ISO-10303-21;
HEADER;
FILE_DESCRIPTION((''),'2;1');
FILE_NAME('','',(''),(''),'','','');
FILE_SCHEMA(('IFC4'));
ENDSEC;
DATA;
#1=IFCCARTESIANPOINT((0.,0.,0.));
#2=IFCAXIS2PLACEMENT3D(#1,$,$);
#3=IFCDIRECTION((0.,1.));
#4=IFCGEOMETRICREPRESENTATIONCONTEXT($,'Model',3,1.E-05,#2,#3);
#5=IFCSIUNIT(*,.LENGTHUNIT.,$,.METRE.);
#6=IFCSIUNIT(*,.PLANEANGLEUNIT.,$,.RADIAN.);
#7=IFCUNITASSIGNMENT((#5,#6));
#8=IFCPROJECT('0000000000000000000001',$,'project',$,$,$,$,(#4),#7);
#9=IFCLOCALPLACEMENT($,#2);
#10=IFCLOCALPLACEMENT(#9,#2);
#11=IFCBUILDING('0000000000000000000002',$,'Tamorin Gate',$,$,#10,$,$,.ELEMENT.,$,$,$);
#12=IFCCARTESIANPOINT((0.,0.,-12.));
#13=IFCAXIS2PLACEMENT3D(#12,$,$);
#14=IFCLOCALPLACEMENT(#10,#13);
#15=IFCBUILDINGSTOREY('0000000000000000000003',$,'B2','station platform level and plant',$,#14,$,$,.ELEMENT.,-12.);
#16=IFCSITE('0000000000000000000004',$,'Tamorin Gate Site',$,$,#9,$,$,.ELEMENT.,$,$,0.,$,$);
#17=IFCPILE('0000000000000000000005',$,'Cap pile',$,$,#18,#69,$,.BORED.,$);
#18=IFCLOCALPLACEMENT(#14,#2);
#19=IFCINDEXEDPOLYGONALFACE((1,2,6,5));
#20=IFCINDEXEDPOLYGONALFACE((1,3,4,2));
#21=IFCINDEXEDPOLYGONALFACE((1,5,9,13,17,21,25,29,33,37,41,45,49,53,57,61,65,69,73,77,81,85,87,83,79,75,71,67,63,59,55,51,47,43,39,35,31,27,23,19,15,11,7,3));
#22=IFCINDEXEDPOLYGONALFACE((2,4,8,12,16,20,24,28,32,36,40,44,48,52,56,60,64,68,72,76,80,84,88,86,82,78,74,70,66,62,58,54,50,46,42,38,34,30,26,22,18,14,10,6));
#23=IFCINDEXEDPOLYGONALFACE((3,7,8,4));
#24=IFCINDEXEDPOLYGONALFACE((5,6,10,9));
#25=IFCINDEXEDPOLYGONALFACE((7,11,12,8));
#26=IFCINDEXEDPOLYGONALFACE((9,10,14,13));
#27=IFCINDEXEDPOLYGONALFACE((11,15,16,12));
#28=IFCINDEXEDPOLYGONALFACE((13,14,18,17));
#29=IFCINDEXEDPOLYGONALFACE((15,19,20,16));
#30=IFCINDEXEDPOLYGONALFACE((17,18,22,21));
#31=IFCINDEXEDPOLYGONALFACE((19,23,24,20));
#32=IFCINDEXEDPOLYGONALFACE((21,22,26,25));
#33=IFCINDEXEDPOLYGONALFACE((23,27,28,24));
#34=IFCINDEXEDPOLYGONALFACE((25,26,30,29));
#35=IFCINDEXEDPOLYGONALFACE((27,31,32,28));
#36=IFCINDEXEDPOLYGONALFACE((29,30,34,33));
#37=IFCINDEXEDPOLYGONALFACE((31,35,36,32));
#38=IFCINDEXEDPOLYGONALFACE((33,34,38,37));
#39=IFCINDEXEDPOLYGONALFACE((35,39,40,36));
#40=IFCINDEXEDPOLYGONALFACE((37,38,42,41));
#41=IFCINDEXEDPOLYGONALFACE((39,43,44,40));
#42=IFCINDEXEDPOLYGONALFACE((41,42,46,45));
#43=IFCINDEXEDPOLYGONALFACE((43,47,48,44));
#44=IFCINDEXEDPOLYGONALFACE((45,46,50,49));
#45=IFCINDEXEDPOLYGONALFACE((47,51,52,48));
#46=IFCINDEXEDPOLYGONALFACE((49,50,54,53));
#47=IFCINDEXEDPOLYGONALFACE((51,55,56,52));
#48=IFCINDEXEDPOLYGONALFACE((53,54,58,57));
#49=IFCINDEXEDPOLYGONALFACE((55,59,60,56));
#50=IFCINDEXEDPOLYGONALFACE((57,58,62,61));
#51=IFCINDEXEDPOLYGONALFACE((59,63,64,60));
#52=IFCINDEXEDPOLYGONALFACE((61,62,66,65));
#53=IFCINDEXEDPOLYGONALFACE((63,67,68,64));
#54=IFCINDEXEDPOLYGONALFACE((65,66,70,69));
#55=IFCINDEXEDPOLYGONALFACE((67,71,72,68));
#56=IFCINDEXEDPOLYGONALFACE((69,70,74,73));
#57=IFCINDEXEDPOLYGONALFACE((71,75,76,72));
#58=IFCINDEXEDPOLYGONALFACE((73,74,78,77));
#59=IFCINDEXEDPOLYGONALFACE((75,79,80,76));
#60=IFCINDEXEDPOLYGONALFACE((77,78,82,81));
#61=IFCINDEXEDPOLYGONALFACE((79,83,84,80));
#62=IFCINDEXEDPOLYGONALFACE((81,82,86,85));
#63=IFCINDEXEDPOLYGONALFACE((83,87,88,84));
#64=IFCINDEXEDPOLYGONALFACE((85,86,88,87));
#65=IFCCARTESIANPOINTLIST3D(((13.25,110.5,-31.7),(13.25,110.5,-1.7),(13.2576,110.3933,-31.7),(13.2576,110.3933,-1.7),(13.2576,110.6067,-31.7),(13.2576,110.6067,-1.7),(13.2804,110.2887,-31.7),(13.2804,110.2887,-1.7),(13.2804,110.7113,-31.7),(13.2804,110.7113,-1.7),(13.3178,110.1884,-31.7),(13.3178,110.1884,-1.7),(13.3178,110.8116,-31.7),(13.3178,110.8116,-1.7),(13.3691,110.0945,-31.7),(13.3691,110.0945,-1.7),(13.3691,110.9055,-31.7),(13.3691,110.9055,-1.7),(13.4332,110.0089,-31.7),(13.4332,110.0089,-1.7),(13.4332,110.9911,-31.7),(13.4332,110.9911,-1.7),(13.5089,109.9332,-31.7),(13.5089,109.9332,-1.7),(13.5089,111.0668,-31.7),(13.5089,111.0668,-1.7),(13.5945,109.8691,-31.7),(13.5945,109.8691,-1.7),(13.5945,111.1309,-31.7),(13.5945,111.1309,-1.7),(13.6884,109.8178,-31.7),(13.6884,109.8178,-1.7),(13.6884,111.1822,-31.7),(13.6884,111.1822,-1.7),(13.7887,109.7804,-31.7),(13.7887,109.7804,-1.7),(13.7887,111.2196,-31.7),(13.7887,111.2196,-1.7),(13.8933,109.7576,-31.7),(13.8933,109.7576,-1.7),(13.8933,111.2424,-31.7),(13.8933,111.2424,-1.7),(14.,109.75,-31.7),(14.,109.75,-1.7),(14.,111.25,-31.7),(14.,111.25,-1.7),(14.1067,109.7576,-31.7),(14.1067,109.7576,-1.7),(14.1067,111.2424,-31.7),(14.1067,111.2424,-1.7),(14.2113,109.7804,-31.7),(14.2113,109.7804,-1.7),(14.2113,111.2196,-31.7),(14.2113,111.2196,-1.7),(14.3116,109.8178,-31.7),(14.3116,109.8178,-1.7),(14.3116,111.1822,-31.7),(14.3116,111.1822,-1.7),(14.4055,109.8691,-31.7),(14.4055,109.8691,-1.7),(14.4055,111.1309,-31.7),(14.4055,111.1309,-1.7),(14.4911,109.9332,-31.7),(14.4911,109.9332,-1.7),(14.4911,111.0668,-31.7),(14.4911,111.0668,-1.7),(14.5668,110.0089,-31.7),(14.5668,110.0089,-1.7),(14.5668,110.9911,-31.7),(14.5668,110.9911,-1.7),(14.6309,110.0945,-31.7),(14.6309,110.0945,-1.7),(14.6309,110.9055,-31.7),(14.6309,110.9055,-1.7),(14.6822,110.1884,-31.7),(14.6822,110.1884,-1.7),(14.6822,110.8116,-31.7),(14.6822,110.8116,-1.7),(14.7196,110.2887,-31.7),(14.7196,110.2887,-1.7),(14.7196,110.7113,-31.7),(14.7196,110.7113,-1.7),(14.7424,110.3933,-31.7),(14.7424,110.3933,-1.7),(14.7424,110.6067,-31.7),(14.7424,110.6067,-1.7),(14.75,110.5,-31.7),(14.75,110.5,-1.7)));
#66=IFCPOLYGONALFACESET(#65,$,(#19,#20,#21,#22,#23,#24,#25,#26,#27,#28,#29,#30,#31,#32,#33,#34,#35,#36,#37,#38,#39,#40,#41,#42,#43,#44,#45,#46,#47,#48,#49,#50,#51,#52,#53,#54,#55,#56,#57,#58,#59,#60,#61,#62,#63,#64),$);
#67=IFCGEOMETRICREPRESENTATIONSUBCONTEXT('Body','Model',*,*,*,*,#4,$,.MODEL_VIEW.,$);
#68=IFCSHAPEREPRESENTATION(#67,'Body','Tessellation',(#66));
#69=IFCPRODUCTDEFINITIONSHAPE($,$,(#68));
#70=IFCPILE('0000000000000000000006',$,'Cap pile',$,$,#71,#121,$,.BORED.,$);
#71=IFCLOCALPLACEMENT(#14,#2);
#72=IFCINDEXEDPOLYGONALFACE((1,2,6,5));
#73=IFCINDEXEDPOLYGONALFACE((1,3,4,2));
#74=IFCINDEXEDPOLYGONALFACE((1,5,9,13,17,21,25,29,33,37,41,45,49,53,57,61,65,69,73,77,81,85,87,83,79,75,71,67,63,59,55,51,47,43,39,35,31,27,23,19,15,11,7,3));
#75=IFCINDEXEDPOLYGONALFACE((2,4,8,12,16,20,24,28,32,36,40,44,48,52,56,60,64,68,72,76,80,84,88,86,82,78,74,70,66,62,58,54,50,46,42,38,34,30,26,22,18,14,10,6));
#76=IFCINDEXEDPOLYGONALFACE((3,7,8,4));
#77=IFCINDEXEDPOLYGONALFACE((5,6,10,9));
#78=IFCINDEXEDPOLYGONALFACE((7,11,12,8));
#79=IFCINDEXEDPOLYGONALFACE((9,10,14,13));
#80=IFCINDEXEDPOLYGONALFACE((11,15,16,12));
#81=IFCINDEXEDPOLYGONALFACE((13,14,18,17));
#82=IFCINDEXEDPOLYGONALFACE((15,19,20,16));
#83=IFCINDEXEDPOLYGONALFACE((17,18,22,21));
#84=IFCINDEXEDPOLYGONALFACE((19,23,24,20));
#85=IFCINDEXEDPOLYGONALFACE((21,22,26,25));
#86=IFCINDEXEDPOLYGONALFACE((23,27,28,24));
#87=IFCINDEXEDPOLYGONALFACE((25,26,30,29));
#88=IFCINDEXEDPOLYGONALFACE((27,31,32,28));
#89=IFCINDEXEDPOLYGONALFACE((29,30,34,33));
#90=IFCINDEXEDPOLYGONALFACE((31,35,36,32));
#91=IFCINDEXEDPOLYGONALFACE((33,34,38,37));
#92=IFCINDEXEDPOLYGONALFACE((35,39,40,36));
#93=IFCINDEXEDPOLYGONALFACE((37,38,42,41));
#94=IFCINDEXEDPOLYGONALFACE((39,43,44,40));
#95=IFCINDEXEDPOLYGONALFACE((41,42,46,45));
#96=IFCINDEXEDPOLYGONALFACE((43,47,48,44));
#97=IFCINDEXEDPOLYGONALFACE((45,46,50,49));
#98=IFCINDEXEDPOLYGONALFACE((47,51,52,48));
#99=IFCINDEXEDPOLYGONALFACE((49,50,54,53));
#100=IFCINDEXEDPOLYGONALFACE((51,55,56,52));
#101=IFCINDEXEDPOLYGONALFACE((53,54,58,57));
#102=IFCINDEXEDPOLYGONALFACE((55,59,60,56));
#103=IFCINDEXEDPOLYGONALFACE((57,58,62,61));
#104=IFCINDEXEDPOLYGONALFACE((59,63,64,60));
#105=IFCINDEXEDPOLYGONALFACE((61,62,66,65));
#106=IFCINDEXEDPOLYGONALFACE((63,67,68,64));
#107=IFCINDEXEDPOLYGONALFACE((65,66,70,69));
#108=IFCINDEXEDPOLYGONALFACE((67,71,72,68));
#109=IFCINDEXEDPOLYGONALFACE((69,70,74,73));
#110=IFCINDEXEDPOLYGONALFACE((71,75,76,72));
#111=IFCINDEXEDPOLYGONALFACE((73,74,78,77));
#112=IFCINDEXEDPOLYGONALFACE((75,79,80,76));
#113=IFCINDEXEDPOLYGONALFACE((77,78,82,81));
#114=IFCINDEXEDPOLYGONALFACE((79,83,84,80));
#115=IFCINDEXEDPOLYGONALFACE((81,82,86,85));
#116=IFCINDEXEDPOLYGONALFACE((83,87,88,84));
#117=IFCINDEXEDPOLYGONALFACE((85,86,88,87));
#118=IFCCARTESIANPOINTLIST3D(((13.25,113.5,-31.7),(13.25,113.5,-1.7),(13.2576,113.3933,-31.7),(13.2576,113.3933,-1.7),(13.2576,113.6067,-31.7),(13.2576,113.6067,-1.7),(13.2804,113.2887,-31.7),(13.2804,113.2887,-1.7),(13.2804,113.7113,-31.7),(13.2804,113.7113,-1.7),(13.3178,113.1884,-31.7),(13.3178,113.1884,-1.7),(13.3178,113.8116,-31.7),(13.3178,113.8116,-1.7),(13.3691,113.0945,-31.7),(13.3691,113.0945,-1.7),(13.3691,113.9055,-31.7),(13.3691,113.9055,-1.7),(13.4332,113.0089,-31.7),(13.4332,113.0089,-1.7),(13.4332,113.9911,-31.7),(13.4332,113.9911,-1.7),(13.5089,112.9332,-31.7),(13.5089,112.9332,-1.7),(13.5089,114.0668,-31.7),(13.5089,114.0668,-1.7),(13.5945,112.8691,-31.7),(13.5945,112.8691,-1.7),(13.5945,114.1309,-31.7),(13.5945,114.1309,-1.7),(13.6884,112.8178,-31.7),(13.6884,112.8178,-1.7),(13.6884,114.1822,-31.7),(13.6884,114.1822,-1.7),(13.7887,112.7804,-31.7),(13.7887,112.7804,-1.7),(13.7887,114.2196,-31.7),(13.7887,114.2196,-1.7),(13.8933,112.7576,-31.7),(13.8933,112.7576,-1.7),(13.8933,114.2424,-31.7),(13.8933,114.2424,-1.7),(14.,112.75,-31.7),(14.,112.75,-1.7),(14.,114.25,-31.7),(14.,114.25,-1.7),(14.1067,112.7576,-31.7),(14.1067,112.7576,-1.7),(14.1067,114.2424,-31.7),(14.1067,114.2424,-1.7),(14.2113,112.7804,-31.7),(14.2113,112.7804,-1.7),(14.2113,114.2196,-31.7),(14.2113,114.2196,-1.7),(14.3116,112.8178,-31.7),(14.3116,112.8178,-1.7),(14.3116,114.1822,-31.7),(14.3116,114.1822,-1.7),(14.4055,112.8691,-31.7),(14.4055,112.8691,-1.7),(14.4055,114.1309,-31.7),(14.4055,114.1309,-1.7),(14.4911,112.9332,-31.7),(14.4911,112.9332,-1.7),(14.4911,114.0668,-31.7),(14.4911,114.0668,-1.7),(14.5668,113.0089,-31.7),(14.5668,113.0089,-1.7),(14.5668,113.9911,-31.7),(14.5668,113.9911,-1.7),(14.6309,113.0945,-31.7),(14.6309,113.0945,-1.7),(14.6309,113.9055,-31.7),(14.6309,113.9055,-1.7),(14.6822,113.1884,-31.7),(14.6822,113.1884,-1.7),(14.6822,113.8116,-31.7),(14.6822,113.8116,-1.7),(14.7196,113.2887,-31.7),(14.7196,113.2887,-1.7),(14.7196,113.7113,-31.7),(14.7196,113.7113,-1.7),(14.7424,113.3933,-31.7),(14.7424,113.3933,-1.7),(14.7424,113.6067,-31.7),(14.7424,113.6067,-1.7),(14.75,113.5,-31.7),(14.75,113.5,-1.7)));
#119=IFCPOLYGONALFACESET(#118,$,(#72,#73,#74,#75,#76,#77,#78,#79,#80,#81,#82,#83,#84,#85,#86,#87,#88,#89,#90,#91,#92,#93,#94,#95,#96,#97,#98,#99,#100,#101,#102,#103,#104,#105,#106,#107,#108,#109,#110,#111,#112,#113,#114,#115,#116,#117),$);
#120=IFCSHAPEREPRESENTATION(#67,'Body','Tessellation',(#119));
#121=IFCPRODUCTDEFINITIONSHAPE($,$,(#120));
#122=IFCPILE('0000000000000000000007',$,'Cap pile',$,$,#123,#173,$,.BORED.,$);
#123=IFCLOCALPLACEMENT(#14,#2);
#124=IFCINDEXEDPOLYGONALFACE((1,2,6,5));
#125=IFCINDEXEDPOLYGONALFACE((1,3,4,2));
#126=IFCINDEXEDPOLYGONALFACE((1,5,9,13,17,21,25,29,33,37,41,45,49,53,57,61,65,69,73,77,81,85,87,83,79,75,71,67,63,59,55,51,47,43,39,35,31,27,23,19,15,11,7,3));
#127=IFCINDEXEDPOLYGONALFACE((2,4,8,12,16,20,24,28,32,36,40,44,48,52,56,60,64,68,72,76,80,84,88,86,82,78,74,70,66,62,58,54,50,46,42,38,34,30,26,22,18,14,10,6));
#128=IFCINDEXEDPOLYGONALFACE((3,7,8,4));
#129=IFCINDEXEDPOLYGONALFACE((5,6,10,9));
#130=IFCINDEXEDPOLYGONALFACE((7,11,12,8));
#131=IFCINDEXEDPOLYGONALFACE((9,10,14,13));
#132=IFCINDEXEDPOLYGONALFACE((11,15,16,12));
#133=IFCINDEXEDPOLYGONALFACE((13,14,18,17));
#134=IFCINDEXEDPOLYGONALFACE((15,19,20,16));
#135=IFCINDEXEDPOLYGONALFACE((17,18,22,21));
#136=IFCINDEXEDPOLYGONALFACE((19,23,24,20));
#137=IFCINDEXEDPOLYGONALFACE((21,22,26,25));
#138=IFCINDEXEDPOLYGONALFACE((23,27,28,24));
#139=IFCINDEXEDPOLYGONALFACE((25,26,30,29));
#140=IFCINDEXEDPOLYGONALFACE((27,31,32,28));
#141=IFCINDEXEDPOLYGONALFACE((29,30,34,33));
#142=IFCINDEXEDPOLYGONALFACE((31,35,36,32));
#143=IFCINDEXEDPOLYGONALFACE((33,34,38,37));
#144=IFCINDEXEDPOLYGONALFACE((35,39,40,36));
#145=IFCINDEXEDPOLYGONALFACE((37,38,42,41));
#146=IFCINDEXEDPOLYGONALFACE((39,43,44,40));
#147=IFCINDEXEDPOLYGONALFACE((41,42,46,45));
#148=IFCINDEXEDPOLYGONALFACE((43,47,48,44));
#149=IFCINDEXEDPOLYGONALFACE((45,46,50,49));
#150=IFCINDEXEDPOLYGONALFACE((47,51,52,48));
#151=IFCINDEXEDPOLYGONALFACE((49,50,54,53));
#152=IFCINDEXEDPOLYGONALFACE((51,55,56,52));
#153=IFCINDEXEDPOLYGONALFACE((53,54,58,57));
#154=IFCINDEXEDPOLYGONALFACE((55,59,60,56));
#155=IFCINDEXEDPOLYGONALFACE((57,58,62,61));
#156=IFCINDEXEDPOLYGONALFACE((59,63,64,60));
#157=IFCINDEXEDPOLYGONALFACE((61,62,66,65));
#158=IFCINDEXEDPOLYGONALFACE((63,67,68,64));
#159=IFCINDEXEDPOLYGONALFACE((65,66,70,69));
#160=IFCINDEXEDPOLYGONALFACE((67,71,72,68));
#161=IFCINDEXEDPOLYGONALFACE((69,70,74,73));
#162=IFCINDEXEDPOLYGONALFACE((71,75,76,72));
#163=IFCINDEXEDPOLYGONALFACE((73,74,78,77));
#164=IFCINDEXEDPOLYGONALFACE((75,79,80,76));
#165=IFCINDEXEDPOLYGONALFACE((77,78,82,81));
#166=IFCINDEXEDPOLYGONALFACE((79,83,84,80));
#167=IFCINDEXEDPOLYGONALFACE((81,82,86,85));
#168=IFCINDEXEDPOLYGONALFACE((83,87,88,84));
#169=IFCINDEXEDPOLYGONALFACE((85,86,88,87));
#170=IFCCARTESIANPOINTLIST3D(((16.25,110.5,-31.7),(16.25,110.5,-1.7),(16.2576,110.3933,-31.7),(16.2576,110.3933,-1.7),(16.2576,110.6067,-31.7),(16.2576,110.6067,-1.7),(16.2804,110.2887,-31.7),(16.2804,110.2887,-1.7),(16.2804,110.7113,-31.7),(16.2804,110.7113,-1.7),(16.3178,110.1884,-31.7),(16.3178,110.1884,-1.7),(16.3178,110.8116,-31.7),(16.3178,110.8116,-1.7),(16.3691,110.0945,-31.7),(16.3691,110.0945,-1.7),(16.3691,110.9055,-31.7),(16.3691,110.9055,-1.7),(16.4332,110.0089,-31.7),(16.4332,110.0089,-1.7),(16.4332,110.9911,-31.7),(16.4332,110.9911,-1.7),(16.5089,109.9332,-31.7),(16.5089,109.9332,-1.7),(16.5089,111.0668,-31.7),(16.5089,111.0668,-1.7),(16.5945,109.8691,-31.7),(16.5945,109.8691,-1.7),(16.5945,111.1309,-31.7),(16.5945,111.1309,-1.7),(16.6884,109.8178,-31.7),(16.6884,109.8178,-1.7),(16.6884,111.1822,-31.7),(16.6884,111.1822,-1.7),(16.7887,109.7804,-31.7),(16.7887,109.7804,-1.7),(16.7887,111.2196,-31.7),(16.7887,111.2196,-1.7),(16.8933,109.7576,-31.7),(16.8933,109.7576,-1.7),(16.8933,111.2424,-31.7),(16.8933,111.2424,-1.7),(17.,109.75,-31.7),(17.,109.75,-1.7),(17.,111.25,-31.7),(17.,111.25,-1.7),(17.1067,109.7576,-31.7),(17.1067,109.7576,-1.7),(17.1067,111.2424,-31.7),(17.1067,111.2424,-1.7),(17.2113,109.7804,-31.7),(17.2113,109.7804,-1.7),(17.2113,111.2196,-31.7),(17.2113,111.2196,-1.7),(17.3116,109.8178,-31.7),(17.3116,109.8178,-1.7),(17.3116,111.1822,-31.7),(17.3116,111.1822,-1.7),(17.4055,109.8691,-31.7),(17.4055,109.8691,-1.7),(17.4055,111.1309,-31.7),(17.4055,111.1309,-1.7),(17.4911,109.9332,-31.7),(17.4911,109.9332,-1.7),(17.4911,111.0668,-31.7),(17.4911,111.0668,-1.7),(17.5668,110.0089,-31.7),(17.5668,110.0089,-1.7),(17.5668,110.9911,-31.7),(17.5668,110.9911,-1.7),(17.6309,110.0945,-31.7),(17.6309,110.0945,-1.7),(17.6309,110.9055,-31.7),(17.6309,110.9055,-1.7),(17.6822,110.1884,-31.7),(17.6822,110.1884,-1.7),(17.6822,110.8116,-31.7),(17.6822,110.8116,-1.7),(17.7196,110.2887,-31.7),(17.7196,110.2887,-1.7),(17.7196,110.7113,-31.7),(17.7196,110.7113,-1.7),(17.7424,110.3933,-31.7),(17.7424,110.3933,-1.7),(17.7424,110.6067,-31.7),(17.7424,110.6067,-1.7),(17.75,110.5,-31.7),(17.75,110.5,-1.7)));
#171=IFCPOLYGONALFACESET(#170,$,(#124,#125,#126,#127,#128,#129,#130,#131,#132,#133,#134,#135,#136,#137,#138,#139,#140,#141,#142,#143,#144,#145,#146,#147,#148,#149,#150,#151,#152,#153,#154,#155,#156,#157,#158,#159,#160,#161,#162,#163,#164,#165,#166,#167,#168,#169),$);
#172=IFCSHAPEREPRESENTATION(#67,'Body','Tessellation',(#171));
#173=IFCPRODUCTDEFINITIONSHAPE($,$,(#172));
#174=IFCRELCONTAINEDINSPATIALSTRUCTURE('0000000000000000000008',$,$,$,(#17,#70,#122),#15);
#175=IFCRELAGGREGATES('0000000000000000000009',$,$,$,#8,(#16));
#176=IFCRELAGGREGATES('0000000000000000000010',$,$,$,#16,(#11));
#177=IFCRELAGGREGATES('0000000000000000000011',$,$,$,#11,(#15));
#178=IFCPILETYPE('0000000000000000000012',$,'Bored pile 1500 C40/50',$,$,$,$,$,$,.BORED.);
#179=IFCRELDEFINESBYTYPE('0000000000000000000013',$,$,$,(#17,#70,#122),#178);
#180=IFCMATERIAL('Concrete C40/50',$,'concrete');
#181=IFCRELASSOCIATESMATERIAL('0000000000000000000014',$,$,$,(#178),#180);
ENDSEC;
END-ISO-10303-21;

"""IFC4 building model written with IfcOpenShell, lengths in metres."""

from ifc_helpers import new_model, si_unit, direction, frame, origin, origin_2d, place, context, subcontext, project, spatial, circle, extrude, material, material_profile, profile_set, type_object, element, save


model = new_model("IFC4")

# Units and contexts
model_context = context("Model", 3, precision=1e-05, world=origin(), true_north=direction((0.0, 1.0)))
body_context = subcontext(model_context, "Body", "Model", "MODEL_VIEW")
ifc_project = project(units=[si_unit("LENGTHUNIT", "METRE"), si_unit("PLANEANGLEUNIT", "RADIAN")], contexts=[model_context])

# Site, building, storey
site_placement = place(None, origin())
site = spatial("IfcSite", under=ifc_project, at=site_placement, Name="Tamorin Gate Site", CompositionType="ELEMENT", RefElevation=0.0)
building_placement = place(site_placement, origin())
building = spatial("IfcBuilding", under=site, at=building_placement, Name="Tamorin Gate", CompositionType="ELEMENT")
storey_placement = place(building_placement, frame((0.0, 0.0, -12.0)))
storey = spatial("IfcBuildingStorey", under=building, at=storey_placement, Name="B2", Description="station platform level and plant", CompositionType="ELEMENT", Elevation=-12.0)

# Piles
ifc_material_1 = material(Name="Concrete C40/50", Category="concrete")
ifc_material_profile_1 = material_profile(ifc_material_1, circle(Radius=0.75, at=origin_2d()))
ifc_profile_set_1 = profile_set([ifc_material_profile_1], Name="Concrete C40/50")
pile_type = type_object("IfcPileType", Name="Bored pile 1500 C40/50", PredefinedType="BORED", material=ifc_profile_set_1)
for number, where, z_axis, x_axis, name in (
    (1, (14.0, 110.5, -1.7), (0.0, 0.0, -1.0), (1.0, 0.0, 0.0), "Cap pile"),
    (2, (14.0, 113.5, -1.7), (0.0, 0.0, -1.0), (1.0, 0.0, 0.0), "Cap pile"),
    (3, (17.0, 110.5, -1.7), (0.0, 0.0, -1.0), (1.0, 0.0, 0.0), "Cap pile"),
):
    element("IfcPile", number, at=place(storey_placement, frame(where, z_axis=z_axis, x_axis=x_axis)), inside=storey, type_object=pile_type, Name=name, PredefinedType="BORED", context=body_context, shape_type="SweptSolid", body=[
        extrude(circle(Radius=0.75, at=origin_2d()), origin(), (0.0, 0.0, 1.0), 30.0),
    ])

save(model, "model.ifc")
